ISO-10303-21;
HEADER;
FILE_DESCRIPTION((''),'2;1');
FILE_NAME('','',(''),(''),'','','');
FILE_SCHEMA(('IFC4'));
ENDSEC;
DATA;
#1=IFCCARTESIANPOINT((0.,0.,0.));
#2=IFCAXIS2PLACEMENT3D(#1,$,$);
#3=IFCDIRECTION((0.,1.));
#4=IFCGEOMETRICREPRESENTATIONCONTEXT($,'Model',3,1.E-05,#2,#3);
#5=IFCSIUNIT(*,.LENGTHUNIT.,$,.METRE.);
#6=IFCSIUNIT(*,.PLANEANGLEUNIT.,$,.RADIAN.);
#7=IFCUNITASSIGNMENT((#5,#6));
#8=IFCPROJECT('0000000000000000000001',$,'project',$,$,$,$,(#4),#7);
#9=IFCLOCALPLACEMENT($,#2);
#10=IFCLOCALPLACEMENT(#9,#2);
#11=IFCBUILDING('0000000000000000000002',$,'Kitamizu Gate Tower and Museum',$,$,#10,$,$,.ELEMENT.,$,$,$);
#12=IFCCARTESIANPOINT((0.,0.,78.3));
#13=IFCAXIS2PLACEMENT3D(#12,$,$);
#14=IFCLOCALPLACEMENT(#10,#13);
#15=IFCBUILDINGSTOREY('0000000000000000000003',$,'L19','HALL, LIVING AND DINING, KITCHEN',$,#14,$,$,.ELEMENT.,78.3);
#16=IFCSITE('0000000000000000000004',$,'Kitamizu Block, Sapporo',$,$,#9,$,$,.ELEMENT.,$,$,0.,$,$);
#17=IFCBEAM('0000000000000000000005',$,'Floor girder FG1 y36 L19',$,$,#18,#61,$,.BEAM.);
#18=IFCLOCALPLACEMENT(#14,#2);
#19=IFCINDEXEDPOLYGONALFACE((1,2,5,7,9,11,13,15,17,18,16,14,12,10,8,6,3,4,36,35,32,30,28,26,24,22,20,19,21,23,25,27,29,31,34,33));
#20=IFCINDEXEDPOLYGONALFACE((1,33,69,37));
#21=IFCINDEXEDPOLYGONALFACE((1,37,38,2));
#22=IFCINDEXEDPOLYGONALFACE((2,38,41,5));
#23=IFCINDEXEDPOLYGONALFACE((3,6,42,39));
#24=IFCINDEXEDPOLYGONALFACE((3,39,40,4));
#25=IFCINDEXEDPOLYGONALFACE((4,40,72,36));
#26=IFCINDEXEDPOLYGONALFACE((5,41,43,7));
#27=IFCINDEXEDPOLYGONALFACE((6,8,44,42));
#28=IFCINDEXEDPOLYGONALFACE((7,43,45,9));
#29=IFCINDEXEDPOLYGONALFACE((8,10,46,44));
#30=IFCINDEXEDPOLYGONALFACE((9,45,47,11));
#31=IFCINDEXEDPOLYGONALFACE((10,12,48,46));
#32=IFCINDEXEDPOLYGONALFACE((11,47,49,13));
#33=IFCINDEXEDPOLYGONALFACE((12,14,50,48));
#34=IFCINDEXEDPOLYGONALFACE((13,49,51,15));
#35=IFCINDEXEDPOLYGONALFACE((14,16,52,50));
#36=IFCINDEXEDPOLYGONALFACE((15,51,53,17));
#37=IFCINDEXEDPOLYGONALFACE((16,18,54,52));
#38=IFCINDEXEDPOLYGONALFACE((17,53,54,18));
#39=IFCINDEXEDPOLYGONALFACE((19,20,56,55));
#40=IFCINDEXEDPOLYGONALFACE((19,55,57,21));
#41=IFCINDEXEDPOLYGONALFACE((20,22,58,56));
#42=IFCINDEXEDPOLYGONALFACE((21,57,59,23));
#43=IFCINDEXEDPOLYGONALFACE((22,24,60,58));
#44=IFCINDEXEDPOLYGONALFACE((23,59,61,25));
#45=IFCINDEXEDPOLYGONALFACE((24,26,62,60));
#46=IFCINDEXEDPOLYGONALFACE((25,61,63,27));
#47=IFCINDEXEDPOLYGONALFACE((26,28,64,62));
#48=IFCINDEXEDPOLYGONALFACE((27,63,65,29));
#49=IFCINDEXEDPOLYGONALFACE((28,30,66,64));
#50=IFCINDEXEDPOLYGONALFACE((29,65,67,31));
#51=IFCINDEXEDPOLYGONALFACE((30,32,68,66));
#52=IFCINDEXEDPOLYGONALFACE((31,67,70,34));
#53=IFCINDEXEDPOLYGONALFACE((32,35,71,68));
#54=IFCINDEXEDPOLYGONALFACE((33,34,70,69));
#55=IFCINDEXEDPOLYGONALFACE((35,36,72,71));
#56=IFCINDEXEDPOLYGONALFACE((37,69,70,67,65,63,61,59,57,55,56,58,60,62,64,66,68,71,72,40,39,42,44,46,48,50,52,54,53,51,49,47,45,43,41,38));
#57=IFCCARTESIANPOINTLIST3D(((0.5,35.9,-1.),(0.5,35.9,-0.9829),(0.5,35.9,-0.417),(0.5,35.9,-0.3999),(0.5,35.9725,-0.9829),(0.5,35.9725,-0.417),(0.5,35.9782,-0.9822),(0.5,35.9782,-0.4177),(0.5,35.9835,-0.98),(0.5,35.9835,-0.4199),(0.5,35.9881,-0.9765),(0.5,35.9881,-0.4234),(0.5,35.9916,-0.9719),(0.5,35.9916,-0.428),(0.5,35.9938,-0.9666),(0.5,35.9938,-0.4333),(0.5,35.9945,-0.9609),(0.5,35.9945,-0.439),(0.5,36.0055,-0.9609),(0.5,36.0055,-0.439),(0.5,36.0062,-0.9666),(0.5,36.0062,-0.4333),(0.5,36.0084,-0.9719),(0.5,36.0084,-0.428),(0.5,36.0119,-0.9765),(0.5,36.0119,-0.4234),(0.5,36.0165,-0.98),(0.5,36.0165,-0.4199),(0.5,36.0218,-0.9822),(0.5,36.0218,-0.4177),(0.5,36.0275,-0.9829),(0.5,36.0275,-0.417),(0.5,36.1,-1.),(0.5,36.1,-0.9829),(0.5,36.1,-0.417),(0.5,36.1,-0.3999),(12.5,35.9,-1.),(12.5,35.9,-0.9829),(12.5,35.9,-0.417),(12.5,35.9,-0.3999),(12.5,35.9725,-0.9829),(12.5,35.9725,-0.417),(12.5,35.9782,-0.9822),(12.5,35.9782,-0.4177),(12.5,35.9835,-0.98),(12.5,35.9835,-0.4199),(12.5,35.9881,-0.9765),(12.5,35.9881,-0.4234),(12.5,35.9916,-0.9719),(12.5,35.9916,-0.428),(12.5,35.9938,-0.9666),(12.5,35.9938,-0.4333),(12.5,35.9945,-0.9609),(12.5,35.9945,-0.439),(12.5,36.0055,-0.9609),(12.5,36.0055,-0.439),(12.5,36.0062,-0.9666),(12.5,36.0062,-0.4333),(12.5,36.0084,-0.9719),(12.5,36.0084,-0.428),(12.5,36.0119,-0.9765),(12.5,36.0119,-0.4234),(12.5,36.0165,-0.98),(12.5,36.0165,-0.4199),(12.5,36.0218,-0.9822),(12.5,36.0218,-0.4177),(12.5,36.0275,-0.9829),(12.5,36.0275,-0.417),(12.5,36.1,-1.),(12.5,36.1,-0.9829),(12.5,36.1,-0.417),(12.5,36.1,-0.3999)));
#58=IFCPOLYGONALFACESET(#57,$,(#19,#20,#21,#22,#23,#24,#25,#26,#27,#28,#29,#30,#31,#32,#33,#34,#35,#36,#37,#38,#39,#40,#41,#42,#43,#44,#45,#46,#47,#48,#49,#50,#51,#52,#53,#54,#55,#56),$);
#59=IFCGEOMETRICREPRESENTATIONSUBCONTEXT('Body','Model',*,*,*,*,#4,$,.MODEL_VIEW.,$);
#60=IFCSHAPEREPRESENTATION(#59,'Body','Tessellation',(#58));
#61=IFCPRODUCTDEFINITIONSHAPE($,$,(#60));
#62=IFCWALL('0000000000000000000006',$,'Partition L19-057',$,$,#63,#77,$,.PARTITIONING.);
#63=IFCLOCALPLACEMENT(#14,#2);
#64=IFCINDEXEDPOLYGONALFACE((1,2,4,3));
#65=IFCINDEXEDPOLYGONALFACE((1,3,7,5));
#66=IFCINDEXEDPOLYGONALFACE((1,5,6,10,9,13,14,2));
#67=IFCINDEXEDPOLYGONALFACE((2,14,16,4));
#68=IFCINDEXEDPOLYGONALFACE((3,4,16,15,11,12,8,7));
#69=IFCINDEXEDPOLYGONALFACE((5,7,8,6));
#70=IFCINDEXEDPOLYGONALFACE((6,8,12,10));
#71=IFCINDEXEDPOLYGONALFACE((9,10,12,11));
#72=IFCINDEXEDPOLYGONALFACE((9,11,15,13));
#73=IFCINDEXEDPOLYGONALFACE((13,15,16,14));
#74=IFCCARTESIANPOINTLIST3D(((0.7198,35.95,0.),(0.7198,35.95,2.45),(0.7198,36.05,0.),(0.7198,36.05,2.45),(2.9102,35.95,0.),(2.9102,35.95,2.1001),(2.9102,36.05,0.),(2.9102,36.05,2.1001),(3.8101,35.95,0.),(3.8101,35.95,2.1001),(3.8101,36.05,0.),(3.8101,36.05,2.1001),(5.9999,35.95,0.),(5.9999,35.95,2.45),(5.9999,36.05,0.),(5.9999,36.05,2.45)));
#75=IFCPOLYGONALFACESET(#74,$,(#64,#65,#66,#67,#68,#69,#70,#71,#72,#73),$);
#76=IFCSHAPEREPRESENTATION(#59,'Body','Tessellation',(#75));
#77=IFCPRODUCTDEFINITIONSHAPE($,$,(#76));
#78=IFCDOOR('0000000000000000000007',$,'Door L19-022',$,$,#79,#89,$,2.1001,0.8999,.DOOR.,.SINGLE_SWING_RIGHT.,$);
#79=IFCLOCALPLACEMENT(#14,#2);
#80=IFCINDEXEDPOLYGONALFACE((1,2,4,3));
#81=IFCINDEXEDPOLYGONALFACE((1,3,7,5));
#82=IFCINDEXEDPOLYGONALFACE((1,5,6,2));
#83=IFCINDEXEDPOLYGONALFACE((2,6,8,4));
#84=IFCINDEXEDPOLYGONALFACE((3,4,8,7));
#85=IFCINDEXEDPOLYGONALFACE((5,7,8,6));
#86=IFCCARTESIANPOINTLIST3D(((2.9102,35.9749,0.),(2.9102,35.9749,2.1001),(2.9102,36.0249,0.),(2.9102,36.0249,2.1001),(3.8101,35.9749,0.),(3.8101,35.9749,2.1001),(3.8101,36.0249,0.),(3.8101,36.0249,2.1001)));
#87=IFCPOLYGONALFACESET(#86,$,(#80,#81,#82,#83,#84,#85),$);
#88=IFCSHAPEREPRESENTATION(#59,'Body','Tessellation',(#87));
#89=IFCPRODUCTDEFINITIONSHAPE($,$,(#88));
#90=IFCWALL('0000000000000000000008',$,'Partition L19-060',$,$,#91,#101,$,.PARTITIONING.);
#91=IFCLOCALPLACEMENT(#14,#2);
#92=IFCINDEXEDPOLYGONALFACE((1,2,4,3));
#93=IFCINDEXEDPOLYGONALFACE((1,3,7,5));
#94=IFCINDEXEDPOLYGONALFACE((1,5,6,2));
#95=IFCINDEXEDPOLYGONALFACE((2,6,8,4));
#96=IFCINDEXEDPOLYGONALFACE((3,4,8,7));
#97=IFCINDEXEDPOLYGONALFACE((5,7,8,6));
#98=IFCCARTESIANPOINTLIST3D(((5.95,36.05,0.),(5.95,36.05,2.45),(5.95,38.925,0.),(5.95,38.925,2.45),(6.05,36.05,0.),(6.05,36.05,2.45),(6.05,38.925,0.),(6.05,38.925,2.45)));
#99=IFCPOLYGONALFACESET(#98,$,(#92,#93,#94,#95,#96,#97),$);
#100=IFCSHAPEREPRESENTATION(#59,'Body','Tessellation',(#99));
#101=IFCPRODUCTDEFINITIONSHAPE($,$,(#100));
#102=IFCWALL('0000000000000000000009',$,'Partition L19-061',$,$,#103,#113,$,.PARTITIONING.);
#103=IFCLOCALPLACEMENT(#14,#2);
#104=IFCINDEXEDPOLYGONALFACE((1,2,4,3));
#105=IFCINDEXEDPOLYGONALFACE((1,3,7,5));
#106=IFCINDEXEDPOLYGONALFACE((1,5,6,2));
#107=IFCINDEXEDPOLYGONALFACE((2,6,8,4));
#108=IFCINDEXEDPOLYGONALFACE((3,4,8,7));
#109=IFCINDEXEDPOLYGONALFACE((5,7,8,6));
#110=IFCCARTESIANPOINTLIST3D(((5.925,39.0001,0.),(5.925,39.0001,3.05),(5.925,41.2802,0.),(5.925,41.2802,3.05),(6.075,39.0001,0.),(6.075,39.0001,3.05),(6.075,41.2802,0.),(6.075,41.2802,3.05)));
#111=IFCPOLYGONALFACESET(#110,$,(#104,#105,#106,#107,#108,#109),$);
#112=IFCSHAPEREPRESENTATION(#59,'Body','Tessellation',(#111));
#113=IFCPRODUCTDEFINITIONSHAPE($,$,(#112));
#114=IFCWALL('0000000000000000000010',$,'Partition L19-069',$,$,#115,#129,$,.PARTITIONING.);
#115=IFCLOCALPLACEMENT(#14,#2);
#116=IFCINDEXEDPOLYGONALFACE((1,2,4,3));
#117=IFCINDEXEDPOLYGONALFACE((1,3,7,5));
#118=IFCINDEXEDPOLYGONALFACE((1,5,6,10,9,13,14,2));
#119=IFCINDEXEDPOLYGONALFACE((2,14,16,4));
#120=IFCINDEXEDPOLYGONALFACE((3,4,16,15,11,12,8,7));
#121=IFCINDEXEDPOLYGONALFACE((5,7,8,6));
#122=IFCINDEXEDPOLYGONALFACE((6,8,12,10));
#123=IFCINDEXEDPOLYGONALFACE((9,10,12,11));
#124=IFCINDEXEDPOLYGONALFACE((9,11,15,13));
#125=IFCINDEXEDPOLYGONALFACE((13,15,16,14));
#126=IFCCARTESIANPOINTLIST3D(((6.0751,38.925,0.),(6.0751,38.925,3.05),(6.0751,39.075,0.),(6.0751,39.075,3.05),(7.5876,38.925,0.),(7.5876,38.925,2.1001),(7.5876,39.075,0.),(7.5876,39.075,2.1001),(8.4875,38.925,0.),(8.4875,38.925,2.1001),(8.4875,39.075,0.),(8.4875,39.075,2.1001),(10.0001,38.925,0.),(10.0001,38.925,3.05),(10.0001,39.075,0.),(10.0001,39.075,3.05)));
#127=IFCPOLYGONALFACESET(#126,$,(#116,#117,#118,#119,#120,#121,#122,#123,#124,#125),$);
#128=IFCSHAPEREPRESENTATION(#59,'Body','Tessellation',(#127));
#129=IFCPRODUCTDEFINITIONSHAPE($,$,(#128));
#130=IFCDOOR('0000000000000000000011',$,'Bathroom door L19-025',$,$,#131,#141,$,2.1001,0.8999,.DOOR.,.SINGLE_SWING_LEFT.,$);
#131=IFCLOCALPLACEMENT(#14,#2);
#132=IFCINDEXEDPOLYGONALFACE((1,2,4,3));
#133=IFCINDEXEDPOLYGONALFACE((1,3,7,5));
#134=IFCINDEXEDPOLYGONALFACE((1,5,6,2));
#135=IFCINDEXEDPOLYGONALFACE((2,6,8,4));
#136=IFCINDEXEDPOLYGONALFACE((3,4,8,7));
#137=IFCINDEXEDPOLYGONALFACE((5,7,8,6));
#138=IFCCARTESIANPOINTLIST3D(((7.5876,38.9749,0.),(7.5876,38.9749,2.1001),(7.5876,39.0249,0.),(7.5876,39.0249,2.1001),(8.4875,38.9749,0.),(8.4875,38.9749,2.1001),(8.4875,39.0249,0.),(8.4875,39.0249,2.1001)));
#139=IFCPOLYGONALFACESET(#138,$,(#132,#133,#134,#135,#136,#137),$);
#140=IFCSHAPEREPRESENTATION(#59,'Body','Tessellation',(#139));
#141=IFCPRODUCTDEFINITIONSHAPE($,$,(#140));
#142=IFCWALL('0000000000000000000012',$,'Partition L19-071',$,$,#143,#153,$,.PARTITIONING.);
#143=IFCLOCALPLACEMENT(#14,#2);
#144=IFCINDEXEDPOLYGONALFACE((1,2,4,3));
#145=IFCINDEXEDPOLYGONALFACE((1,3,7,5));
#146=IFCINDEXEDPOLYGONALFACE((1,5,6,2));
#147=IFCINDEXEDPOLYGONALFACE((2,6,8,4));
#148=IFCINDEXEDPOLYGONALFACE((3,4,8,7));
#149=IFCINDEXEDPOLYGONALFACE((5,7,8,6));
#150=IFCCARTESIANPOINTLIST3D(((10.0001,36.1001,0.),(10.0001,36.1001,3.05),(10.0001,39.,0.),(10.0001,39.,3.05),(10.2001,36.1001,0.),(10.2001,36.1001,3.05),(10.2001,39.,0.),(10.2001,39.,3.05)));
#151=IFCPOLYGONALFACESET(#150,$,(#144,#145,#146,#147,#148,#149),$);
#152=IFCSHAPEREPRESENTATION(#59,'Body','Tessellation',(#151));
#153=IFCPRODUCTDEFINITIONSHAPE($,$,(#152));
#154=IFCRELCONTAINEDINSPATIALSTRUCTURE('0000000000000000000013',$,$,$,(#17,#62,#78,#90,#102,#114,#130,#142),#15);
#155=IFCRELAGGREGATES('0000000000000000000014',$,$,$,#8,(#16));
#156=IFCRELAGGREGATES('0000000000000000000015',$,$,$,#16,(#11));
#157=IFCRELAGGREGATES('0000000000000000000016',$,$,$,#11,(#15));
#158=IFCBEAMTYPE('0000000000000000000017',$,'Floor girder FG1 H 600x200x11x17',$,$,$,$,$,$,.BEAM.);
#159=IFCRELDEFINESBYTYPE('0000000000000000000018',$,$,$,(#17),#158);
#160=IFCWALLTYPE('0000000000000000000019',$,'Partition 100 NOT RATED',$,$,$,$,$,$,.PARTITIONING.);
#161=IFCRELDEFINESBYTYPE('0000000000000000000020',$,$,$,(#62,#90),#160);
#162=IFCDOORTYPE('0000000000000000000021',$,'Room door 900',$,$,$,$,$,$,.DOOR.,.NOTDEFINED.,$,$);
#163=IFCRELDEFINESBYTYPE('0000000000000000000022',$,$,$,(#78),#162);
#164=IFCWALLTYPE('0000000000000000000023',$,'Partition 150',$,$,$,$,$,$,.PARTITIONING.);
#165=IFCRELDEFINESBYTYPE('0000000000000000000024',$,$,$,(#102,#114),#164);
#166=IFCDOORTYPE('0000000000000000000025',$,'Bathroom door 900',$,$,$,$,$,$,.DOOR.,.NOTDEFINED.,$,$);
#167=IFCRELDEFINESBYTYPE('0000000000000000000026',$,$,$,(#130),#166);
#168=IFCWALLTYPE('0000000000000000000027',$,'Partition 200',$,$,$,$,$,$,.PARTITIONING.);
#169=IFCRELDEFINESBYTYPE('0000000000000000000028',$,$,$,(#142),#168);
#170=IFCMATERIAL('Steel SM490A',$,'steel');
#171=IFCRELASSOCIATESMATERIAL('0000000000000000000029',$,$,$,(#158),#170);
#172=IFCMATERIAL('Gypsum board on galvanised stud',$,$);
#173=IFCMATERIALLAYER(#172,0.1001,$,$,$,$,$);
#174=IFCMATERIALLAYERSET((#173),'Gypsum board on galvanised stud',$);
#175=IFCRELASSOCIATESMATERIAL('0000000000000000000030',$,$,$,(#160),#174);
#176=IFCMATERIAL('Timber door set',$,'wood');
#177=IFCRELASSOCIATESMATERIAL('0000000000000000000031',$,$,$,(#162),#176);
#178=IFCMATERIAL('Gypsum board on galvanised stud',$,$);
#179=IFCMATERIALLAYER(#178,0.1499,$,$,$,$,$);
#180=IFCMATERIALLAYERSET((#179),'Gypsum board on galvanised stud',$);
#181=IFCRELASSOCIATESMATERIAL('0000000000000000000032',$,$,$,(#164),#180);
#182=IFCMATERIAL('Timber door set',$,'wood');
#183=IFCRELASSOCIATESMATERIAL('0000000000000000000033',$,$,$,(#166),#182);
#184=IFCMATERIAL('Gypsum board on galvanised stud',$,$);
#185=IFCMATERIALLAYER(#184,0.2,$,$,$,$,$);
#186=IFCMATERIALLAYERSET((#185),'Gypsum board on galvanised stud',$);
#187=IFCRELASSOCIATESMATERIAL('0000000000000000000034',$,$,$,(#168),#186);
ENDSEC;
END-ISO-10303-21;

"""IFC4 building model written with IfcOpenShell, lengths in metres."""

from ifc_helpers import new_model, si_unit, direction, frame, frame_2d, origin, origin_2d, place, context, subcontext, project, spatial, rectangle, i_section, extrude, material, layer, layer_set, material_profile, profile_set, type_object, element, fill, save


model = new_model("IFC4")

# Units and contexts
model_context = context("Model", 3, precision=1e-05, world=origin(), true_north=direction((0.0, 1.0)))
body_context = subcontext(model_context, "Body", "Model", "MODEL_VIEW")
ifc_project = project(units=[si_unit("LENGTHUNIT", "METRE"), si_unit("PLANEANGLEUNIT", "RADIAN")], contexts=[model_context])

# Site, building, storey
site_placement = place(None, origin())
site = spatial("IfcSite", under=ifc_project, at=site_placement, Name="Kitamizu Block, Sapporo", CompositionType="ELEMENT", RefElevation=0.0)
building_placement = place(site_placement, origin())
building = spatial("IfcBuilding", under=site, at=building_placement, Name="Kitamizu Gate Tower and Museum", CompositionType="ELEMENT")
storey_placement = place(building_placement, frame((0.0, 0.0, 78.3)))
storey = spatial("IfcBuildingStorey", under=building, at=storey_placement, Name="L19", Description="HALL, LIVING AND DINING, KITCHEN", CompositionType="ELEMENT", Elevation=78.3)

# Beam
ifc_material_1 = material(Name="Steel SM490A", Category="steel")
ifc_material_profile = material_profile(ifc_material_1, i_section(OverallWidth=0.2, OverallDepth=0.6001, WebThickness=0.011, FlangeThickness=0.0171, FilletRadius=0.022, at=origin_2d()), Name="H-600x200x11x17")
ifc_profile_set = profile_set([ifc_material_profile], Name="Steel SM490A")
beam_type = type_object("IfcBeamType", Name="Floor girder FG1 H 600x200x11x17", PredefinedType="BEAM", material=ifc_profile_set)
beam_placement = place(storey_placement, frame((0.5, 36.0, -0.7), z_axis=(1.0, 0.0, 0.0), x_axis=(0.0, 1.0, 0.0)))
element("IfcBeam", 1, at=beam_placement, inside=storey, type_object=beam_type, Name="Floor girder FG1 y36 L19", PredefinedType="BEAM", context=body_context, shape_type="SweptSolid", body=[
    extrude(i_section(OverallWidth=0.2, OverallDepth=0.6001, WebThickness=0.011, FlangeThickness=0.0171, FilletRadius=0.022, at=origin_2d()), origin(), (0.0, 0.0, 1.0), 12.0),
])

# Wall, opening, door
ifc_material_2 = material(Name="Gypsum board on galvanised stud")
ifc_layer_1 = layer(ifc_material_2, 0.1001)
ifc_layer_set_1 = layer_set([ifc_layer_1], Name="Gypsum board on galvanised stud")
wall_type_1 = type_object("IfcWallType", Name="Partition 100 NOT RATED", PredefinedType="PARTITIONING", material=ifc_layer_set_1)
wall_1_placement = place(storey_placement, frame((6.0, 36.0, 0.0), z_axis=(0.0, 0.0, 1.0), x_axis=(-1.0, 0.0, 0.0)))
wall_1 = element("IfcWall", 2, at=wall_1_placement, inside=storey, type_object=wall_type_1, Name="Partition L19-057", PredefinedType="PARTITIONING", context=body_context, shape_type="SweptSolid", body=[
    extrude(rectangle(XDim=5.28, YDim=0.1001, at=frame_2d((2.6401, 0.0))), origin(), (0.0, 0.0, 1.0), 2.45),
])
opening_1_placement = place(wall_1_placement, frame((2.1899, 0.0, 0.0)))
opening_1 = element("IfcOpeningElement", 3, at=opening_1_placement, cuts=wall_1, PredefinedType="OPENING", context=body_context, shape_type="SweptSolid", body=[
    extrude(rectangle(XDim=0.8999, YDim=2.1001, at=frame_2d((0.45, 1.05))), frame((0.0, 0.0601, 0.0), z_axis=(0.0, -1.0, 0.0), x_axis=(1.0, 0.0, 0.0)), (0.0, 0.0, 1.0), 0.1201),
])
ifc_material_3 = material(Name="Timber door set", Category="wood")
door_type_1 = type_object("IfcDoorType", Name="Room door 900", OperationType="NOTDEFINED", PredefinedType="DOOR", material=ifc_material_3)
door_1_placement = place(opening_1_placement, frame((0.8999, 0.0, 0.0), x_axis=(-1.0, 0.0, 0.0)))
door_1 = element("IfcDoor", 4, at=door_1_placement, inside=storey, type_object=door_type_1, Name="Door L19-022", OperationType="SINGLE_SWING_RIGHT", OverallHeight=2.1001, OverallWidth=0.8999, PredefinedType="DOOR", context=body_context, shape_type="SweptSolid", body=[
    extrude(rectangle(XDim=0.8999, YDim=2.1001, at=frame_2d((0.45, 1.05))), frame((0.0, 0.0249, 0.0), z_axis=(0.0, -1.0, 0.0), x_axis=(1.0, 0.0, 0.0)), (0.0, 0.0, 1.0), 0.05),
])
fill(opening_1, door_1)

# Walls
wall_2_placement = place(storey_placement, frame((6.0, 36.05, 0.0), z_axis=(0.0, 0.0, 1.0), x_axis=(0.0, 1.0, 0.0)))
element("IfcWall", 5, at=wall_2_placement, inside=storey, type_object=wall_type_1, Name="Partition L19-060", PredefinedType="PARTITIONING", context=body_context, shape_type="SweptSolid", body=[
    extrude(rectangle(XDim=2.875, YDim=0.1001, at=frame_2d((1.4375, 0.0))), origin(), (0.0, 0.0, 1.0), 2.45),
])
ifc_material_4 = material(Name="Gypsum board on galvanised stud")
ifc_layer_2 = layer(ifc_material_4, 0.1499)
ifc_layer_set_2 = layer_set([ifc_layer_2], Name="Gypsum board on galvanised stud")
wall_type_2 = type_object("IfcWallType", Name="Partition 150", PredefinedType="PARTITIONING", material=ifc_layer_set_2)
wall_3_placement = place(storey_placement, frame((6.0, 39.0, 0.0), z_axis=(0.0, 0.0, 1.0), x_axis=(0.0, 1.0, 0.0)))
element("IfcWall", 6, at=wall_3_placement, inside=storey, type_object=wall_type_2, Name="Partition L19-061", PredefinedType="PARTITIONING", context=body_context, shape_type="SweptSolid", body=[
    extrude(rectangle(XDim=2.28, YDim=0.1499, at=frame_2d((1.1401, 0.0))), origin(), (0.0, 0.0, 1.0), 3.05),
])

# Wall, opening, door
wall_4_placement = place(storey_placement, frame((10.0, 39.0, 0.0), z_axis=(0.0, 0.0, 1.0), x_axis=(-1.0, 0.0, 0.0)))
wall_4 = element("IfcWall", 7, at=wall_4_placement, inside=storey, type_object=wall_type_2, Name="Partition L19-069", PredefinedType="PARTITIONING", context=body_context, shape_type="SweptSolid", body=[
    extrude(rectangle(XDim=3.925, YDim=0.1499, at=frame_2d((1.9624, 0.0))), origin(), (0.0, 0.0, 1.0), 3.05),
])
opening_2_placement = place(wall_4_placement, frame((1.5125, 0.0, 0.0)))
opening_2 = element("IfcOpeningElement", 8, at=opening_2_placement, cuts=wall_4, PredefinedType="OPENING", context=body_context, shape_type="SweptSolid", body=[
    extrude(rectangle(XDim=0.8999, YDim=2.1001, at=frame_2d((0.45, 1.05))), frame((0.0, 0.085, 0.0), z_axis=(0.0, -1.0, 0.0), x_axis=(1.0, 0.0, 0.0)), (0.0, 0.0, 1.0), 0.1699),
])
ifc_material_5 = material(Name="Timber door set", Category="wood")
door_type_2 = type_object("IfcDoorType", Name="Bathroom door 900", OperationType="NOTDEFINED", PredefinedType="DOOR", material=ifc_material_5)
door_2_placement = place(opening_2_placement, frame((0.8999, 0.0, 0.0), x_axis=(-1.0, 0.0, 0.0)))
door_2 = element("IfcDoor", 9, at=door_2_placement, inside=storey, type_object=door_type_2, Name="Bathroom door L19-025", OperationType="SINGLE_SWING_LEFT", OverallHeight=2.1001, OverallWidth=0.8999, PredefinedType="DOOR", context=body_context, shape_type="SweptSolid", body=[
    extrude(rectangle(XDim=0.8999, YDim=2.1001, at=frame_2d((0.45, 1.05))), frame((0.0, 0.0249, 0.0), z_axis=(0.0, -1.0, 0.0), x_axis=(1.0, 0.0, 0.0)), (0.0, 0.0, 1.0), 0.05),
])
fill(opening_2, door_2)

# Wall
ifc_material_6 = material(Name="Gypsum board on galvanised stud")
ifc_layer_3 = layer(ifc_material_6, 0.2)
ifc_layer_set_3 = layer_set([ifc_layer_3], Name="Gypsum board on galvanised stud")
wall_type_3 = type_object("IfcWallType", Name="Partition 200", PredefinedType="PARTITIONING", material=ifc_layer_set_3)
wall_5_placement = place(storey_placement, frame((10.1001, 36.1001, 0.0), z_axis=(0.0, 0.0, 1.0), x_axis=(0.0, 1.0, 0.0)))
element("IfcWall", 10, at=wall_5_placement, inside=storey, type_object=wall_type_3, Name="Partition L19-071", PredefinedType="PARTITIONING", context=body_context, shape_type="SweptSolid", body=[
    extrude(rectangle(XDim=2.8999, YDim=0.2, at=frame_2d((1.45, 0.0))), origin(), (0.0, 0.0, 1.0), 3.05),
])

save(model, "model.ifc")
